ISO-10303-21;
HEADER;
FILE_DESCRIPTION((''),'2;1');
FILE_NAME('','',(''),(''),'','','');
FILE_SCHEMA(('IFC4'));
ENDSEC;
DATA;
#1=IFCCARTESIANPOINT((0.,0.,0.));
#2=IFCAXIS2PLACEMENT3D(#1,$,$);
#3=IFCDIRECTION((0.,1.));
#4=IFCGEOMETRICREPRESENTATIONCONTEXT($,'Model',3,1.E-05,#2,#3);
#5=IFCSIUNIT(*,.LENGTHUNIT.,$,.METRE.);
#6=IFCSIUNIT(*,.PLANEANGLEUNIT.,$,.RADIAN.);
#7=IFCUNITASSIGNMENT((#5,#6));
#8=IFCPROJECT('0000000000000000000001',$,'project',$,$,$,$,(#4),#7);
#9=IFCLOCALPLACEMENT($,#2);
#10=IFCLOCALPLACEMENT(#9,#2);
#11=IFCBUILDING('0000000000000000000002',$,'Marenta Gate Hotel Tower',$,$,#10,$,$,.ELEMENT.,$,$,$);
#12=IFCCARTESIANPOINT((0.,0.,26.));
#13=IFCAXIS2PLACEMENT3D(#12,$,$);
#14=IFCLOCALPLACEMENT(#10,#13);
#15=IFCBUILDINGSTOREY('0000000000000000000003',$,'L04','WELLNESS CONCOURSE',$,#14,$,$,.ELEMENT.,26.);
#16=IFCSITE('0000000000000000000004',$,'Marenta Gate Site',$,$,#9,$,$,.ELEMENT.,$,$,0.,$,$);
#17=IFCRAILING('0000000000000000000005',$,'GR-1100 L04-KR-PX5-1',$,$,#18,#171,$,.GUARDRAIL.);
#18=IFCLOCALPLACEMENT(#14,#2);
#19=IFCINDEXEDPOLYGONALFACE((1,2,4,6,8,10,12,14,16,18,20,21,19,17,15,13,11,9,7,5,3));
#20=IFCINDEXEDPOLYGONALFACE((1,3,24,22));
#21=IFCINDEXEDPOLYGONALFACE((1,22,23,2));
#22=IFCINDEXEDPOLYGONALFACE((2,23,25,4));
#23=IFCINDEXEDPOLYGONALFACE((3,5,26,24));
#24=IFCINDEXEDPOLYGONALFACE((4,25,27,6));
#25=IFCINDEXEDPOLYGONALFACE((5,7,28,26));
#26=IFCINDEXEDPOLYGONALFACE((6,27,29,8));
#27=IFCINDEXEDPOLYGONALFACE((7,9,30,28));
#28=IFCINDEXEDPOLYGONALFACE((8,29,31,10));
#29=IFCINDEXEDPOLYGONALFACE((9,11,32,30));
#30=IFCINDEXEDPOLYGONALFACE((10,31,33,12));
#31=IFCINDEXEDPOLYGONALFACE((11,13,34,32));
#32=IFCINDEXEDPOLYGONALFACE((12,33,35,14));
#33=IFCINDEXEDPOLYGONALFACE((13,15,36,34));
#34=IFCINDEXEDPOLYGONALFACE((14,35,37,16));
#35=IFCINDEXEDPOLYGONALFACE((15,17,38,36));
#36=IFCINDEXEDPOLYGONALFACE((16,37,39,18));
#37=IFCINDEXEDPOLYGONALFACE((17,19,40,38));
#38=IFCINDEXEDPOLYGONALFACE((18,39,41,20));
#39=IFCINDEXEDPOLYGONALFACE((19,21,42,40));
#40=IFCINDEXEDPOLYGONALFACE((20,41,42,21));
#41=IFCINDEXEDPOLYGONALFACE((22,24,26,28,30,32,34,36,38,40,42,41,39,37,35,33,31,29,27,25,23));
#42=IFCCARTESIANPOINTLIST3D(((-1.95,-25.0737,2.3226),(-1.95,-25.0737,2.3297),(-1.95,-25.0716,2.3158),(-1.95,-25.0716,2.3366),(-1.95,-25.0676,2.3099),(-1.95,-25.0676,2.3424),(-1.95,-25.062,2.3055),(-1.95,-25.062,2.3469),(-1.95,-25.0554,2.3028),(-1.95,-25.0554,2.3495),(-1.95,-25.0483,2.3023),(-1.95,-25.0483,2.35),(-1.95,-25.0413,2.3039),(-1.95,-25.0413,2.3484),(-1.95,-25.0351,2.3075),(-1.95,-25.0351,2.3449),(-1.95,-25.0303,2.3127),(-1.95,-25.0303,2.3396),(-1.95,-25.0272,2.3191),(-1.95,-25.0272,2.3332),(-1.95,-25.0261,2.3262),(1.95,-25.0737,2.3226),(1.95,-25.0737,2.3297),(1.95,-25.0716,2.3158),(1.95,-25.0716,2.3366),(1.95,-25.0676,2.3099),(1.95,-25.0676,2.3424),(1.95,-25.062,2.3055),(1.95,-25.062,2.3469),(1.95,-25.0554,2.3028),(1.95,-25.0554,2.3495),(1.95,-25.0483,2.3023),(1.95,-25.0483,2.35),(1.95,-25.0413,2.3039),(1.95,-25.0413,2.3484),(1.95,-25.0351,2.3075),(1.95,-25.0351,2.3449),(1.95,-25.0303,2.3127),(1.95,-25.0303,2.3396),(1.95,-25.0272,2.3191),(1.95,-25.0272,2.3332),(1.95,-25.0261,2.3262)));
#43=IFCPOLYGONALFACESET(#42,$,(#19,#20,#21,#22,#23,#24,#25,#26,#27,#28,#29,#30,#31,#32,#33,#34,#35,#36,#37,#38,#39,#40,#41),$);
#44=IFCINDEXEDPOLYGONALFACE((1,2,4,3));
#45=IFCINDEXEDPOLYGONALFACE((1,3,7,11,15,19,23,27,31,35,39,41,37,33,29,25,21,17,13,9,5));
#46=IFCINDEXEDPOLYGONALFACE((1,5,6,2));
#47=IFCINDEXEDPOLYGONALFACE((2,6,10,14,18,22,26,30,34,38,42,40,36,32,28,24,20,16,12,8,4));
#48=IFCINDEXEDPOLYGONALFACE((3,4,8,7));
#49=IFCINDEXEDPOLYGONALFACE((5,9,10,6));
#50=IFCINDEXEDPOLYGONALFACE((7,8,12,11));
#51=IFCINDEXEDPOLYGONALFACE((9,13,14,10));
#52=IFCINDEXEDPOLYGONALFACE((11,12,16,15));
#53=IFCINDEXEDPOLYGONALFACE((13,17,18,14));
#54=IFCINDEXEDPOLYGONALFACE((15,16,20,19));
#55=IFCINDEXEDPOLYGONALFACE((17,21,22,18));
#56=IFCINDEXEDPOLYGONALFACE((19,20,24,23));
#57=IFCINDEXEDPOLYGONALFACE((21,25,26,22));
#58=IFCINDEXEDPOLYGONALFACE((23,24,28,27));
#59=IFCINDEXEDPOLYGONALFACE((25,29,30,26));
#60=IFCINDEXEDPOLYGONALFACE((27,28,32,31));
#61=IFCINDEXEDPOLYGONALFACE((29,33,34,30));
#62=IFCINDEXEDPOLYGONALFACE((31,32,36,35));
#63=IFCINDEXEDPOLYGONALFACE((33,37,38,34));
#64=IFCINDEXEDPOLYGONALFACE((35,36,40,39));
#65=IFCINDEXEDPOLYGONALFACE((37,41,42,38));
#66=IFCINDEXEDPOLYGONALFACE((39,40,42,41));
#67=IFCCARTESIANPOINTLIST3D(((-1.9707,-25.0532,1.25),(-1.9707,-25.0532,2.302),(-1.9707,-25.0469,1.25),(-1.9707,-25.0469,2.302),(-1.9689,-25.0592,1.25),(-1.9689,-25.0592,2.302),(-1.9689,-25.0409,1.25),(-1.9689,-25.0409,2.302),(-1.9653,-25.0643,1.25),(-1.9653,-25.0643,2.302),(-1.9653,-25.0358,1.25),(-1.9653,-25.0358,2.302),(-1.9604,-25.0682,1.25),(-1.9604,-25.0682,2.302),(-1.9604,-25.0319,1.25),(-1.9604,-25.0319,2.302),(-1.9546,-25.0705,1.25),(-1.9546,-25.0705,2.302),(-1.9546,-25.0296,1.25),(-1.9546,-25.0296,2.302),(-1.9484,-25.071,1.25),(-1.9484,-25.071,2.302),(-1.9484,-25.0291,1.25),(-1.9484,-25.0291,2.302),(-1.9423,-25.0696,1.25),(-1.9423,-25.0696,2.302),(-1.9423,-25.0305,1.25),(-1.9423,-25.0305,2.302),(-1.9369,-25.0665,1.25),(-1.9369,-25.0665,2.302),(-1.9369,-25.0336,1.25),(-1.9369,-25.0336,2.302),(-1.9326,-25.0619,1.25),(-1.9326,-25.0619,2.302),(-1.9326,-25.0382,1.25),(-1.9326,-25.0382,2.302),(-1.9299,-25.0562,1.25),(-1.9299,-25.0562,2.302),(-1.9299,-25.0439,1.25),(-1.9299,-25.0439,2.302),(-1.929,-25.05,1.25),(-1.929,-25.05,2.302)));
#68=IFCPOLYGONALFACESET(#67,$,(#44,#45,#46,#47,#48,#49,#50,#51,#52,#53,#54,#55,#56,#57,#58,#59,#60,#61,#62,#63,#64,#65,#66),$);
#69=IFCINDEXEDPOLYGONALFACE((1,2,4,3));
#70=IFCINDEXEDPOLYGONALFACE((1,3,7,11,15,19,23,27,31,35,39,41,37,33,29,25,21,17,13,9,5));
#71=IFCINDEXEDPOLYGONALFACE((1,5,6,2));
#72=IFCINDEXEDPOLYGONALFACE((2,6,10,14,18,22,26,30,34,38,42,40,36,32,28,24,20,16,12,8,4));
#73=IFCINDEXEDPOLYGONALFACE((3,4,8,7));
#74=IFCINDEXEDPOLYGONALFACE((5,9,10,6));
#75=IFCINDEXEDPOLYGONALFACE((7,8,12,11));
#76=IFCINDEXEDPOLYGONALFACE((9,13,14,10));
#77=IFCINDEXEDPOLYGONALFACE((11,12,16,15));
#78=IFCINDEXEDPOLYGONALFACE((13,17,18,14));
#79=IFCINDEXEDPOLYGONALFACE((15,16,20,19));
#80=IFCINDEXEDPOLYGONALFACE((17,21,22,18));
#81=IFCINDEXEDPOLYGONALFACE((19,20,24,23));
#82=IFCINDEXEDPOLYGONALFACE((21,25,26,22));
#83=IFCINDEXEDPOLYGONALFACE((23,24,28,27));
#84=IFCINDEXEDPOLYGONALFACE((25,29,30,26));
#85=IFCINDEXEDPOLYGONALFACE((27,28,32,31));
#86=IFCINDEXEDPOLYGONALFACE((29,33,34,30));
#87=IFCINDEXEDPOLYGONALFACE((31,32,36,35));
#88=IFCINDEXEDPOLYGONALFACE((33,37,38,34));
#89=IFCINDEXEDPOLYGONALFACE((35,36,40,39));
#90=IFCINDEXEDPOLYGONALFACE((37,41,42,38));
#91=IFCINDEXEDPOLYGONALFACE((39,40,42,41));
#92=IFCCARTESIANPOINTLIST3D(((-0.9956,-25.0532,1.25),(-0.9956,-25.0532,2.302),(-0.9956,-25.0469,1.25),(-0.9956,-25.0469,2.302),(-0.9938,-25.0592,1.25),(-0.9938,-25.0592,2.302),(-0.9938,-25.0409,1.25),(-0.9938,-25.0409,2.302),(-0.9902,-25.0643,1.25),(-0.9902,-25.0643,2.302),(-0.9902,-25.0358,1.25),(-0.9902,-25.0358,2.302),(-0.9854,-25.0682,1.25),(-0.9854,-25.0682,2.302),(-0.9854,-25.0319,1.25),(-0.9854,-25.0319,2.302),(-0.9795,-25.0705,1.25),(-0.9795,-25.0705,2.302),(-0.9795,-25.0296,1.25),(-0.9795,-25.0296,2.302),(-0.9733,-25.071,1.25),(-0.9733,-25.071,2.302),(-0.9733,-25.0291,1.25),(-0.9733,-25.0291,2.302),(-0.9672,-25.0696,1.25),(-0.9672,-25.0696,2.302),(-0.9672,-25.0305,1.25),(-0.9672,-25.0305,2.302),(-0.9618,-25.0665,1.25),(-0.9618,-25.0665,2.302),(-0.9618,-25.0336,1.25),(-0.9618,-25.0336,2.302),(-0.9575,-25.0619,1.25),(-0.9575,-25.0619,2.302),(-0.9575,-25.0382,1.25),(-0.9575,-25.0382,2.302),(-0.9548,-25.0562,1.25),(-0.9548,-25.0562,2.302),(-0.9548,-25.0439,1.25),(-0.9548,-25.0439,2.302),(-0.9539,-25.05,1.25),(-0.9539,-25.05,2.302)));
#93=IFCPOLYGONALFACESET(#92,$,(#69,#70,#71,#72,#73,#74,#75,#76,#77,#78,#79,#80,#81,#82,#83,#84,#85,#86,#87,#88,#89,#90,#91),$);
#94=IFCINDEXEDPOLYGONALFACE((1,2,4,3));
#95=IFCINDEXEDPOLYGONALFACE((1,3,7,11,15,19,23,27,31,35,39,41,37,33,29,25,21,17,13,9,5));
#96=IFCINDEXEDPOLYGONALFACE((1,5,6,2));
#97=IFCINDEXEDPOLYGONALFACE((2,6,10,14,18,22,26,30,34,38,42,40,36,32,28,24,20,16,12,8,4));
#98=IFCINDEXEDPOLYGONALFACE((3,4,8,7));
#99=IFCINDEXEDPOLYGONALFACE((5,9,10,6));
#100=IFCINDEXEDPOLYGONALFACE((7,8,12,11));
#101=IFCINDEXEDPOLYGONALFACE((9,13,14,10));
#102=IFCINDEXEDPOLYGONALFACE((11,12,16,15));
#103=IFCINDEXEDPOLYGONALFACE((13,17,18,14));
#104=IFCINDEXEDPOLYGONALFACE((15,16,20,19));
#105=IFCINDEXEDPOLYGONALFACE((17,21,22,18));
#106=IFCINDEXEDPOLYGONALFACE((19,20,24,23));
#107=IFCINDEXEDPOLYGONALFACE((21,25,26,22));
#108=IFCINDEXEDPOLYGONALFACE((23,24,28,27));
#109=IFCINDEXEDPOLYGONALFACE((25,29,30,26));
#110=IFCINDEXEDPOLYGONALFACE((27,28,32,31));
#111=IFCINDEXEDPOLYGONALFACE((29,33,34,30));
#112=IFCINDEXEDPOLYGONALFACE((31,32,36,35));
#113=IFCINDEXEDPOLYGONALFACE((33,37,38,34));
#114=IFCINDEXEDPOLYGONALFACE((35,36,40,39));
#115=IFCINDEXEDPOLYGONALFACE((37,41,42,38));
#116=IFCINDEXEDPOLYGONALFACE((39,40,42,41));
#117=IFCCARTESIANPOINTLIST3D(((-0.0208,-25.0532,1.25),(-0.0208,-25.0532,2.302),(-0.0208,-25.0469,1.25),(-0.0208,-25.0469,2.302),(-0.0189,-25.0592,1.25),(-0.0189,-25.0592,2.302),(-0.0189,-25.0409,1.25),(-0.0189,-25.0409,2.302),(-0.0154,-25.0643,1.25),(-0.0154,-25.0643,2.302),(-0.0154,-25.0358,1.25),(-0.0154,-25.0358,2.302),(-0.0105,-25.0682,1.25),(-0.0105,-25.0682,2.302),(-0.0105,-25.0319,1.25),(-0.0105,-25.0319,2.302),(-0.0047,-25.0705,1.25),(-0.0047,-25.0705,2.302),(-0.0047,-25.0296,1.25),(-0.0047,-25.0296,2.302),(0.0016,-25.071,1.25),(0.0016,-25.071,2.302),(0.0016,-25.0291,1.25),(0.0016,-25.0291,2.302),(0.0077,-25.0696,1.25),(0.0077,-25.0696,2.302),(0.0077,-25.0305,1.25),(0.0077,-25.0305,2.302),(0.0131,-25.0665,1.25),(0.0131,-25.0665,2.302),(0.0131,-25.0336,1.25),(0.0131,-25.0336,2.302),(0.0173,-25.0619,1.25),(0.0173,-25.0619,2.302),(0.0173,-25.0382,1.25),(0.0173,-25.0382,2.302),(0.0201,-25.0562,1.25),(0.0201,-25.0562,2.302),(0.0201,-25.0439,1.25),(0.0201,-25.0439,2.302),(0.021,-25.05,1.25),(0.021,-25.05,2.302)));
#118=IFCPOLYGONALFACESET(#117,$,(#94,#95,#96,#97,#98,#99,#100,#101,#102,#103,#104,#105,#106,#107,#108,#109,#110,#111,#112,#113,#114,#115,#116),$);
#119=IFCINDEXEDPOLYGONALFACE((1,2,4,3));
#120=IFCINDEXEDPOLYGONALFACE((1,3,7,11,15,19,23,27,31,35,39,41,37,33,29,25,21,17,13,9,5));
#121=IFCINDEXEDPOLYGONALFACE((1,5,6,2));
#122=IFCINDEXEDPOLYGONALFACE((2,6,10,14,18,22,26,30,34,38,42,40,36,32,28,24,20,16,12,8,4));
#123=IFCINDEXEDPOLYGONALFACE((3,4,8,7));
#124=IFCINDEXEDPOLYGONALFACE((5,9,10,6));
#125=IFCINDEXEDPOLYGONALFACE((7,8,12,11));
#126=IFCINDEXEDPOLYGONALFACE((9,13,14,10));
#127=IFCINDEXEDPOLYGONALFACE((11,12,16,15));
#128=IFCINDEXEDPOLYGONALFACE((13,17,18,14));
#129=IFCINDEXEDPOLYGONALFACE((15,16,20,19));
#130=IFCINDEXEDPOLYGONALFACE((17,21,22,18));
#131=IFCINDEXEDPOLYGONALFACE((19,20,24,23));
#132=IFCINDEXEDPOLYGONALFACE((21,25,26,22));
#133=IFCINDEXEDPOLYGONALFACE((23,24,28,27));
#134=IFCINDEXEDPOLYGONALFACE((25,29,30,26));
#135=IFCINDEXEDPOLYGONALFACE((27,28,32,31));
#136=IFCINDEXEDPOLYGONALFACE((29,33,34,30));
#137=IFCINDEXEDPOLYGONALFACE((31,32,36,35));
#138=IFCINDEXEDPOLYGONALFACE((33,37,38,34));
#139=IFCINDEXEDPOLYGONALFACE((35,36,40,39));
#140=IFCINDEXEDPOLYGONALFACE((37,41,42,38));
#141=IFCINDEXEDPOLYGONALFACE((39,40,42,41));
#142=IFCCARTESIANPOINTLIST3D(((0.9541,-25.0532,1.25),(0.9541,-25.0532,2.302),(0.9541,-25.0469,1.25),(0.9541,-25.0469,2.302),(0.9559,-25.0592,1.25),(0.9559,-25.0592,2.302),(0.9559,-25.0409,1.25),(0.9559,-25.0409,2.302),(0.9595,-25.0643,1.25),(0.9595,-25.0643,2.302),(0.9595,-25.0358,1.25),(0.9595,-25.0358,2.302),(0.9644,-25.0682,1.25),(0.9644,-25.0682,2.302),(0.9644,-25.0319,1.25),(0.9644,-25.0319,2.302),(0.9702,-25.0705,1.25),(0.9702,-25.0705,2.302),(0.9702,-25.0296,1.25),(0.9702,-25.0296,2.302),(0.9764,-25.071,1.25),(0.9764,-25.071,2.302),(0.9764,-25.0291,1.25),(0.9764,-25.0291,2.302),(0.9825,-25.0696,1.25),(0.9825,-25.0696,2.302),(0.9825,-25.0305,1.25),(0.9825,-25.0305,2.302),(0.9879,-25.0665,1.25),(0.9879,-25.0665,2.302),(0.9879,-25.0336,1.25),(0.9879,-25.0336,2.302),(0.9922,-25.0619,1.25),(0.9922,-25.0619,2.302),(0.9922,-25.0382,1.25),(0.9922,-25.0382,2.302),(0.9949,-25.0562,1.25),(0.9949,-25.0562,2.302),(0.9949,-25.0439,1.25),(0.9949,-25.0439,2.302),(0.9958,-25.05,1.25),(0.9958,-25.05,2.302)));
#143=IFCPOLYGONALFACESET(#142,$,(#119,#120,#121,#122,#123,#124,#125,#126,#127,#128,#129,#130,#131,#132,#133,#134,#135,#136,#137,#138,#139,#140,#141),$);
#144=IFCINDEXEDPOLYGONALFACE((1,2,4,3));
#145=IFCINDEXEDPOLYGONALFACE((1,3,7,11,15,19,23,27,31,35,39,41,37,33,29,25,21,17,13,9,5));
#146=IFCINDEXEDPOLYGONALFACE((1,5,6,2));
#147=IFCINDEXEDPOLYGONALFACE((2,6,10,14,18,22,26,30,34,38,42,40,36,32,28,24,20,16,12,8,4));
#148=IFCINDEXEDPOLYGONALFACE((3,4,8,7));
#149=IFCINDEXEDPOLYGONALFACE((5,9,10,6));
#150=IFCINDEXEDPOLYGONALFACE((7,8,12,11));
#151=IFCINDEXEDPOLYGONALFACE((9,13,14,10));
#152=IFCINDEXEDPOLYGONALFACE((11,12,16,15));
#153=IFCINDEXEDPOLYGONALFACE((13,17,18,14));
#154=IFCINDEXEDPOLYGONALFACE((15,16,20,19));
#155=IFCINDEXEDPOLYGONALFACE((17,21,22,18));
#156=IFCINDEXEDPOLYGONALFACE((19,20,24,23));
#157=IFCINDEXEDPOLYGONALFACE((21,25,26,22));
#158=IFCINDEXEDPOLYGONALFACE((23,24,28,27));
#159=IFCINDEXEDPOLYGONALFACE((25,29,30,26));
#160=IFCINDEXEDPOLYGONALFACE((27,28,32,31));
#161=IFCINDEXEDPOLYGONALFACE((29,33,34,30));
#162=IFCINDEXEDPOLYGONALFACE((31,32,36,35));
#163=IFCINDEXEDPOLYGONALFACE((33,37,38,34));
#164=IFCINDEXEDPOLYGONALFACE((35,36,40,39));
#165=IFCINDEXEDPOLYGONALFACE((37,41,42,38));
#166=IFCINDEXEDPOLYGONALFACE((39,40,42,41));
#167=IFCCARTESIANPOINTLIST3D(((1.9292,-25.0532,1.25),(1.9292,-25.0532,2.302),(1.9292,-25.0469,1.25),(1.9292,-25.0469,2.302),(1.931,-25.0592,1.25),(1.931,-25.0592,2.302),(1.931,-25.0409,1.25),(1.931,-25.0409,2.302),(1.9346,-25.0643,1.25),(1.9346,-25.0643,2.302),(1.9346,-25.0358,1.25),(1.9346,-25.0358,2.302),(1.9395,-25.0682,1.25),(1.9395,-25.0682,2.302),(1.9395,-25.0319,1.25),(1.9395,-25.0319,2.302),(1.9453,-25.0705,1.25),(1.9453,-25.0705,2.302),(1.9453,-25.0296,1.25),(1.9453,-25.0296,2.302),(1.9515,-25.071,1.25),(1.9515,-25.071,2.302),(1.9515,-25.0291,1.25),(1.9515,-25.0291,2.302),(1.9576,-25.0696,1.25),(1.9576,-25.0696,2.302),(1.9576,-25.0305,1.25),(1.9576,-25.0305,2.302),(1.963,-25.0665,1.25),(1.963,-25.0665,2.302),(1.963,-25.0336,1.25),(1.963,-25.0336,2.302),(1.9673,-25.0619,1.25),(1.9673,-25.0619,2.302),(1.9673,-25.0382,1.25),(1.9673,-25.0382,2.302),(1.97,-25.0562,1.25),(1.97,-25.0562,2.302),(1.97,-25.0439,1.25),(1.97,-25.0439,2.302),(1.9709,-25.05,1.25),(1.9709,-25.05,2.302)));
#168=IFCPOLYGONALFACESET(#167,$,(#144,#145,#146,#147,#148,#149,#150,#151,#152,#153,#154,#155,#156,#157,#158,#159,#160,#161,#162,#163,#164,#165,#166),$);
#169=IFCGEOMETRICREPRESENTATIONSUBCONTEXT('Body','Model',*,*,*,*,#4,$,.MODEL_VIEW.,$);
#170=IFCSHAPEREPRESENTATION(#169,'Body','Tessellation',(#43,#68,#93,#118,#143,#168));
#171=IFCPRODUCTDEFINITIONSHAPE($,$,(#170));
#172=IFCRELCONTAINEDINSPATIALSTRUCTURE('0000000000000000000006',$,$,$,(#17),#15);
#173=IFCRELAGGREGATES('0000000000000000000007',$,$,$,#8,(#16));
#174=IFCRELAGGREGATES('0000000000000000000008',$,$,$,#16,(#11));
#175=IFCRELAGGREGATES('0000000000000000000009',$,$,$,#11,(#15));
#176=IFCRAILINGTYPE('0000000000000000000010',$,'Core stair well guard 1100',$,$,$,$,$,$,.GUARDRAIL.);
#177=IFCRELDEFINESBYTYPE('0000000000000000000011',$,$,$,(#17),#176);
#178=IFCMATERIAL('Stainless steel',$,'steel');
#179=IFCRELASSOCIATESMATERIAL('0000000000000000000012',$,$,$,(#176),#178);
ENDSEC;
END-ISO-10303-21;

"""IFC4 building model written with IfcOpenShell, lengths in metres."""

from ifc_helpers import new_model, si_unit, direction, frame, origin, origin_2d, place, context, subcontext, project, spatial, circle, extrude, material, type_object, element, save


model = new_model("IFC4")

# Units and contexts
model_context = context("Model", 3, precision=1e-05, world=origin(), true_north=direction((0.0, 1.0)))
body_context = subcontext(model_context, "Body", "Model", "MODEL_VIEW")
ifc_project = project(units=[si_unit("LENGTHUNIT", "METRE"), si_unit("PLANEANGLEUNIT", "RADIAN")], contexts=[model_context])

# Site, building, storey
site_placement = place(None, origin())
site = spatial("IfcSite", under=ifc_project, at=site_placement, Name="Marenta Gate Site", CompositionType="ELEMENT", RefElevation=0.0)
building_placement = place(site_placement, origin())
building = spatial("IfcBuilding", under=site, at=building_placement, Name="Marenta Gate Hotel Tower", CompositionType="ELEMENT")
storey_placement = place(building_placement, frame((0.0, 0.0, 26.0)))
storey = spatial("IfcBuildingStorey", under=building, at=storey_placement, Name="L04", Description="WELLNESS CONCOURSE", CompositionType="ELEMENT", Elevation=26.0)

# Railing
ifc_material_1 = material(Name="Stainless steel", Category="steel")
railing_type_1 = type_object("IfcRailingType", Name="Core stair well guard 1100", PredefinedType="GUARDRAIL", material=ifc_material_1)
for number, where, name in (
    (1, (-1.95, -25.05, 1.25), "GR-1100 L04-KR-PX5-1"),
):
    element("IfcRailing", number, at=place(storey_placement, frame(where)), inside=storey, type_object=railing_type_1, Name=name, PredefinedType="GUARDRAIL", context=body_context, shape_type="SweptSolid", body=[
        extrude(circle(Radius=0.0239, at=origin_2d()), frame((0.0, 0.0, 1.0762), z_axis=(1.0, 0.0, 0.0), x_axis=(0.0, 1.0, 0.0)), (0.0, 0.0, 1.0), 3.8999),
        extrude(circle(Radius=0.021, at=origin_2d()), origin(), (0.0, 0.0, 1.0), 1.052),
        extrude(circle(Radius=0.021, at=origin_2d()), frame((0.9751, 0.0, 0.0)), (0.0, 0.0, 1.0), 1.052),
        extrude(circle(Radius=0.021, at=origin_2d()), frame((1.95, 0.0, 0.0)), (0.0, 0.0, 1.0), 1.052),
        extrude(circle(Radius=0.021, at=origin_2d()), frame((2.9248, 0.0, 0.0)), (0.0, 0.0, 1.0), 1.052),
        extrude(circle(Radius=0.021, at=origin_2d()), frame((3.8999, 0.0, 0.0)), (0.0, 0.0, 1.0), 1.052),
    ])

save(model, "model.ifc")
